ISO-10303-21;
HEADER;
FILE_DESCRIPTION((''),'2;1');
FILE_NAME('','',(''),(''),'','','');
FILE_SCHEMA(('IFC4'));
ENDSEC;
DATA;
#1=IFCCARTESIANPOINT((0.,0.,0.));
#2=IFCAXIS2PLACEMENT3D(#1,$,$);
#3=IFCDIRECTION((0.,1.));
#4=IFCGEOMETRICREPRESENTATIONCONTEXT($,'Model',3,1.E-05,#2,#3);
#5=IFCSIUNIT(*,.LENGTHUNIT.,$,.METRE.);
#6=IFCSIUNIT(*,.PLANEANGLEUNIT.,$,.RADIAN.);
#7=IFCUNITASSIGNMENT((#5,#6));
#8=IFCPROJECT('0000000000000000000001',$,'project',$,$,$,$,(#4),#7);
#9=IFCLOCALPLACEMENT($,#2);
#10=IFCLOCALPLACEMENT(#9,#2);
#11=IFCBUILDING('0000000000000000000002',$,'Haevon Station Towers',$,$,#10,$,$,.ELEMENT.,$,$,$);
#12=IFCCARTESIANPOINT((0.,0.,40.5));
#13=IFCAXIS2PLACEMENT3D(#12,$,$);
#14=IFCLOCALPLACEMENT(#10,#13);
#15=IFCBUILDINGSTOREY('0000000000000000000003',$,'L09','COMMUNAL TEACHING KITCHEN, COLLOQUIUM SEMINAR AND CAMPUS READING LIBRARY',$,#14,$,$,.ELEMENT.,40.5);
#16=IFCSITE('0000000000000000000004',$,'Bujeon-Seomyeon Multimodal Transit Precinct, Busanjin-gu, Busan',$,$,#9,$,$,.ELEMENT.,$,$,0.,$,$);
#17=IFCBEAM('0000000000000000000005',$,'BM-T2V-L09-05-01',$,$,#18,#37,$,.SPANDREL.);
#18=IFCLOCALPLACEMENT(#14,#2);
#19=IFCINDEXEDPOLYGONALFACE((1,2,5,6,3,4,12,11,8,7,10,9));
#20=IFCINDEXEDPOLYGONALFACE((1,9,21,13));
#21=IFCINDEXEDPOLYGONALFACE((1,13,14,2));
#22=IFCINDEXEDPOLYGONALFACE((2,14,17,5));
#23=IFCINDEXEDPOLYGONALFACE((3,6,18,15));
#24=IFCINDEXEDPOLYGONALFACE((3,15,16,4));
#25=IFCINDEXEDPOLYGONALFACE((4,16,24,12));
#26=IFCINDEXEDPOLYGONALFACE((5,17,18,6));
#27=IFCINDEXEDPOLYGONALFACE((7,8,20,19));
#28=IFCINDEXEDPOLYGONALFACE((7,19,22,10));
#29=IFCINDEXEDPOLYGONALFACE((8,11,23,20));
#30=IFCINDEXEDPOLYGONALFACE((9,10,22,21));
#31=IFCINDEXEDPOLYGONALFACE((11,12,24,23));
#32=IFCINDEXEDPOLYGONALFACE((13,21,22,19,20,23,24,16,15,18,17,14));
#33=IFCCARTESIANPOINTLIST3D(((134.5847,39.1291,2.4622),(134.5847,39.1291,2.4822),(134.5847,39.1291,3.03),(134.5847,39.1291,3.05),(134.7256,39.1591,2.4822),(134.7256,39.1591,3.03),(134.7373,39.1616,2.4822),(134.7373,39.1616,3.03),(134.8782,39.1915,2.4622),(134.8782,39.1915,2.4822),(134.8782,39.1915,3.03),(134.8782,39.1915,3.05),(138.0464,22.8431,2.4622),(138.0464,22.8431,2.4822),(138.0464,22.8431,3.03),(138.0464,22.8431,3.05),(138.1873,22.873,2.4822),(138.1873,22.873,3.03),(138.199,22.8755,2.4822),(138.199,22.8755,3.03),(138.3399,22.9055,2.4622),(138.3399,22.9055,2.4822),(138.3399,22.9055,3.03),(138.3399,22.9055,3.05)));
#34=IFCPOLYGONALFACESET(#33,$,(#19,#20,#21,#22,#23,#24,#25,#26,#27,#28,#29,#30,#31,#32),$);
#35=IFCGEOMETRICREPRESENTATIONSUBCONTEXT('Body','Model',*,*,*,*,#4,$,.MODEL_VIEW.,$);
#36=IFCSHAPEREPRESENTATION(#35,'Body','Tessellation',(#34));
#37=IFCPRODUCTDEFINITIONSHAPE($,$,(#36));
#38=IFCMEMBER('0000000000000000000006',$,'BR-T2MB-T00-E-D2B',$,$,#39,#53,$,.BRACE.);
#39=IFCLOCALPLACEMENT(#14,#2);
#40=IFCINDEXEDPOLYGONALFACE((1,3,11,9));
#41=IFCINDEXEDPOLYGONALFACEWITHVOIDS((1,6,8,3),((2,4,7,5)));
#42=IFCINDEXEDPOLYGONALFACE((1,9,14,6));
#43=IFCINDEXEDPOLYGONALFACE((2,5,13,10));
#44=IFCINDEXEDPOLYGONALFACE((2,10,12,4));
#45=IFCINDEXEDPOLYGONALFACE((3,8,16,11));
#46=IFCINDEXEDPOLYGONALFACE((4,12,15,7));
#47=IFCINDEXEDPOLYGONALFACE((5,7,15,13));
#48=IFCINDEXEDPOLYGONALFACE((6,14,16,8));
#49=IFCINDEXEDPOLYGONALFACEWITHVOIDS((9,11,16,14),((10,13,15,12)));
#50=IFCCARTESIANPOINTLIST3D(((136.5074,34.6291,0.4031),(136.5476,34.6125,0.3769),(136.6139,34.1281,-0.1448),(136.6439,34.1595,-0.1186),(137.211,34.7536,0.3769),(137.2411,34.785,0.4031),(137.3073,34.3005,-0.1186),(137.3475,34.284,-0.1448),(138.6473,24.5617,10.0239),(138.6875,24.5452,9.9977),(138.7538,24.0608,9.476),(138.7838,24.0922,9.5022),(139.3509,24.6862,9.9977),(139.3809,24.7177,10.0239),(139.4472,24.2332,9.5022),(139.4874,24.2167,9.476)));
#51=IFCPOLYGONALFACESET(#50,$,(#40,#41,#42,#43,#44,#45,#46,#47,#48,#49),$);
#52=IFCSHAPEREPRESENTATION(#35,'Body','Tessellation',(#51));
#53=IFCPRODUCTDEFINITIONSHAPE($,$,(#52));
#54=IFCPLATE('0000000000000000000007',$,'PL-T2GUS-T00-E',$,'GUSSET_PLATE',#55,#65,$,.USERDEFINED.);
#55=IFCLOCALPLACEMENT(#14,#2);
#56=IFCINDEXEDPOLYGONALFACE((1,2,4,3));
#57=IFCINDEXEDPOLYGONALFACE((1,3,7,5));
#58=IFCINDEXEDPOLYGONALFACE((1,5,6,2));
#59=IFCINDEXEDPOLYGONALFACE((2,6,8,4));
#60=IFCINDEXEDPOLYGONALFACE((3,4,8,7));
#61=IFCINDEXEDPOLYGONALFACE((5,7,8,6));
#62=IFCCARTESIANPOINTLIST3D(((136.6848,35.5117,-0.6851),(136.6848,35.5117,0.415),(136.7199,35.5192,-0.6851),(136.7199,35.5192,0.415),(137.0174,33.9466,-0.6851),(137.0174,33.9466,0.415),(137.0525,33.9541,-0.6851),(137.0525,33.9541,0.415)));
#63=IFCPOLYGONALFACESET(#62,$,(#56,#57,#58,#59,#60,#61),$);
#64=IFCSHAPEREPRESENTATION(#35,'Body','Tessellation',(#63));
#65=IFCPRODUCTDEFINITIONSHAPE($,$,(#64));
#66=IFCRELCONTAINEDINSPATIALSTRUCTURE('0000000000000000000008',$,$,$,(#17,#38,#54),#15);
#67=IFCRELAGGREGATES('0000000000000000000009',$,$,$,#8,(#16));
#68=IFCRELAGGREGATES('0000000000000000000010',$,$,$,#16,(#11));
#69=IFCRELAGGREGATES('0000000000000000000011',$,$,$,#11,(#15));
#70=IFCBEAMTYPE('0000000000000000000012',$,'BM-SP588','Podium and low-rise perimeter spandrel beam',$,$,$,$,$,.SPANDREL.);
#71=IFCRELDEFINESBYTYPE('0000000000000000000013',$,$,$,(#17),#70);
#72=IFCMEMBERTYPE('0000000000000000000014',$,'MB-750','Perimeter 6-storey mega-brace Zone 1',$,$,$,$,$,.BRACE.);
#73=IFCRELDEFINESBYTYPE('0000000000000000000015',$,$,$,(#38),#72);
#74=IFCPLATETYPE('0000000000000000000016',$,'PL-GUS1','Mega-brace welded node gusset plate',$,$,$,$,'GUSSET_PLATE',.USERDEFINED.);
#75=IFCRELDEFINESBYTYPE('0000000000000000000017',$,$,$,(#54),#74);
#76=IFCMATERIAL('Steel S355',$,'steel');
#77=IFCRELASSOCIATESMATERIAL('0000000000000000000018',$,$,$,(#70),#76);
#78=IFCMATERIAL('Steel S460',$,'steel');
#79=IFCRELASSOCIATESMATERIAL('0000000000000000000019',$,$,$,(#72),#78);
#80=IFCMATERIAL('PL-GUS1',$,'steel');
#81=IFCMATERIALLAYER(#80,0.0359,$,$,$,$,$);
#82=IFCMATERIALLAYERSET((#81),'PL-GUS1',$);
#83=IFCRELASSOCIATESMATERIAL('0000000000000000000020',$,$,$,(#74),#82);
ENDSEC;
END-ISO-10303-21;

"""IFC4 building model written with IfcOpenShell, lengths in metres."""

from ifc_helpers import new_model, si_unit, direction, frame, origin, origin_2d, place, context, subcontext, project, spatial, rectangle, hollow_rectangle, i_section, extrude, material, layer, layer_set, material_profile, profile_set, type_object, element, save


model = new_model("IFC4")

# Units and contexts
model_context = context("Model", 3, precision=1e-05, world=origin(), true_north=direction((0.0, 1.0)))
body_context = subcontext(model_context, "Body", "Model", "MODEL_VIEW")
ifc_project = project(units=[si_unit("LENGTHUNIT", "METRE"), si_unit("PLANEANGLEUNIT", "RADIAN")], contexts=[model_context])

# Site, building, storey
site_placement = place(None, origin())
site = spatial("IfcSite", under=ifc_project, at=site_placement, Name="Bujeon-Seomyeon Multimodal Transit Precinct, Busanjin-gu, Busan", CompositionType="ELEMENT", RefElevation=0.0)
building_placement = place(site_placement, origin())
building = spatial("IfcBuilding", under=site, at=building_placement, Name="Haevon Station Towers", CompositionType="ELEMENT")
storey_placement = place(building_placement, frame((0.0, 0.0, 40.5)))
storey = spatial("IfcBuildingStorey", under=building, at=storey_placement, Name="L09", Description="COMMUNAL TEACHING KITCHEN, COLLOQUIUM SEMINAR AND CAMPUS READING LIBRARY", CompositionType="ELEMENT", Elevation=40.5)

# Shared definitions
ifc_material_1 = material(Name="Steel S460", Category="steel")

# Beam
ifc_material_2 = material(Name="Steel S355", Category="steel")
ifc_material_profile_1 = material_profile(ifc_material_2, i_section(OverallWidth=0.3, OverallDepth=0.5879, WebThickness=0.012, FlangeThickness=0.02, at=origin_2d()), Name="H-588x300x12x20")
ifc_profile_set_1 = profile_set([ifc_material_profile_1], Name="Steel S355")
beam_type_1 = type_object("IfcBeamType", Name="BM-SP588", Description="Podium and low-rise perimeter spandrel beam", PredefinedType="SPANDREL", material=ifc_profile_set_1)
beam_1_placement = place(storey_placement, frame((138.1931, 22.8743, 2.7561), z_axis=(-0.207909, 0.978148, 0.0), x_axis=(-0.978148, -0.207909, 0.0)))
element("IfcBeam", 1, at=beam_1_placement, inside=storey, type_object=beam_type_1, Name="BM-T2V-L09-05-01", PredefinedType="SPANDREL", context=body_context, shape_type="SweptSolid", body=[
    extrude(i_section(OverallWidth=0.3, OverallDepth=0.5879, WebThickness=0.012, FlangeThickness=0.02, at=origin_2d()), origin(), (0.0, 0.0, 1.0), 16.6499),
])

# Member
ifc_material_profile_2 = material_profile(ifc_material_1, hollow_rectangle(XDim=0.75, YDim=0.75, WallThickness=0.0359, at=origin_2d()), Name="RHS-750x750x36")
ifc_profile_set_2 = profile_set([ifc_material_profile_2], Name="Steel S460")
member_type = type_object("IfcMemberType", Name="MB-750", Description="Perimeter 6-storey mega-brace Zone 1", PredefinedType="BRACE", material=ifc_profile_set_2)
member_placement = place(storey_placement, frame((136.9275, 34.4565, 0.1292), z_axis=(0.151887, -0.71457, 0.682876), x_axis=(0.978148, 0.207912, 0.0)))
element("IfcMember", 2, at=member_placement, inside=storey, type_object=member_type, Name="BR-T2MB-T00-E-D2B", PredefinedType="BRACE", context=body_context, shape_type="SweptSolid", body=[
    extrude(hollow_rectangle(XDim=0.75, YDim=0.75, WallThickness=0.0359, at=origin_2d()), origin(), (0.0, 0.0, 1.0), 14.0886),
])

# Plate
ifc_material_3 = material(Name="PL-GUS1", Category="steel")
ifc_layer_1 = layer(ifc_material_3, 0.0359)
ifc_layer_set_1 = layer_set([ifc_layer_1], Name="PL-GUS1")
plate_type = type_object("IfcPlateType", Name="PL-GUS1", Description="Mega-brace welded node gusset plate", ElementType="GUSSET_PLATE", PredefinedType="USERDEFINED", material=ifc_layer_set_1)
plate_placement = place(storey_placement, frame((136.8687, 34.7329, -0.6851), z_axis=(0.0, 0.0, 1.0), x_axis=(-0.207912, 0.978148, 0.0)))
element("IfcPlate", 3, at=plate_placement, inside=storey, type_object=plate_type, Name="PL-T2GUS-T00-E", ObjectType="GUSSET_PLATE", PredefinedType="USERDEFINED", context=body_context, shape_type="SweptSolid", body=[
    extrude(rectangle(XDim=1.6001, YDim=0.0359, at=origin_2d()), origin(), (0.0, 0.0, 1.0), 1.1001),
])

save(model, "model.ifc")
